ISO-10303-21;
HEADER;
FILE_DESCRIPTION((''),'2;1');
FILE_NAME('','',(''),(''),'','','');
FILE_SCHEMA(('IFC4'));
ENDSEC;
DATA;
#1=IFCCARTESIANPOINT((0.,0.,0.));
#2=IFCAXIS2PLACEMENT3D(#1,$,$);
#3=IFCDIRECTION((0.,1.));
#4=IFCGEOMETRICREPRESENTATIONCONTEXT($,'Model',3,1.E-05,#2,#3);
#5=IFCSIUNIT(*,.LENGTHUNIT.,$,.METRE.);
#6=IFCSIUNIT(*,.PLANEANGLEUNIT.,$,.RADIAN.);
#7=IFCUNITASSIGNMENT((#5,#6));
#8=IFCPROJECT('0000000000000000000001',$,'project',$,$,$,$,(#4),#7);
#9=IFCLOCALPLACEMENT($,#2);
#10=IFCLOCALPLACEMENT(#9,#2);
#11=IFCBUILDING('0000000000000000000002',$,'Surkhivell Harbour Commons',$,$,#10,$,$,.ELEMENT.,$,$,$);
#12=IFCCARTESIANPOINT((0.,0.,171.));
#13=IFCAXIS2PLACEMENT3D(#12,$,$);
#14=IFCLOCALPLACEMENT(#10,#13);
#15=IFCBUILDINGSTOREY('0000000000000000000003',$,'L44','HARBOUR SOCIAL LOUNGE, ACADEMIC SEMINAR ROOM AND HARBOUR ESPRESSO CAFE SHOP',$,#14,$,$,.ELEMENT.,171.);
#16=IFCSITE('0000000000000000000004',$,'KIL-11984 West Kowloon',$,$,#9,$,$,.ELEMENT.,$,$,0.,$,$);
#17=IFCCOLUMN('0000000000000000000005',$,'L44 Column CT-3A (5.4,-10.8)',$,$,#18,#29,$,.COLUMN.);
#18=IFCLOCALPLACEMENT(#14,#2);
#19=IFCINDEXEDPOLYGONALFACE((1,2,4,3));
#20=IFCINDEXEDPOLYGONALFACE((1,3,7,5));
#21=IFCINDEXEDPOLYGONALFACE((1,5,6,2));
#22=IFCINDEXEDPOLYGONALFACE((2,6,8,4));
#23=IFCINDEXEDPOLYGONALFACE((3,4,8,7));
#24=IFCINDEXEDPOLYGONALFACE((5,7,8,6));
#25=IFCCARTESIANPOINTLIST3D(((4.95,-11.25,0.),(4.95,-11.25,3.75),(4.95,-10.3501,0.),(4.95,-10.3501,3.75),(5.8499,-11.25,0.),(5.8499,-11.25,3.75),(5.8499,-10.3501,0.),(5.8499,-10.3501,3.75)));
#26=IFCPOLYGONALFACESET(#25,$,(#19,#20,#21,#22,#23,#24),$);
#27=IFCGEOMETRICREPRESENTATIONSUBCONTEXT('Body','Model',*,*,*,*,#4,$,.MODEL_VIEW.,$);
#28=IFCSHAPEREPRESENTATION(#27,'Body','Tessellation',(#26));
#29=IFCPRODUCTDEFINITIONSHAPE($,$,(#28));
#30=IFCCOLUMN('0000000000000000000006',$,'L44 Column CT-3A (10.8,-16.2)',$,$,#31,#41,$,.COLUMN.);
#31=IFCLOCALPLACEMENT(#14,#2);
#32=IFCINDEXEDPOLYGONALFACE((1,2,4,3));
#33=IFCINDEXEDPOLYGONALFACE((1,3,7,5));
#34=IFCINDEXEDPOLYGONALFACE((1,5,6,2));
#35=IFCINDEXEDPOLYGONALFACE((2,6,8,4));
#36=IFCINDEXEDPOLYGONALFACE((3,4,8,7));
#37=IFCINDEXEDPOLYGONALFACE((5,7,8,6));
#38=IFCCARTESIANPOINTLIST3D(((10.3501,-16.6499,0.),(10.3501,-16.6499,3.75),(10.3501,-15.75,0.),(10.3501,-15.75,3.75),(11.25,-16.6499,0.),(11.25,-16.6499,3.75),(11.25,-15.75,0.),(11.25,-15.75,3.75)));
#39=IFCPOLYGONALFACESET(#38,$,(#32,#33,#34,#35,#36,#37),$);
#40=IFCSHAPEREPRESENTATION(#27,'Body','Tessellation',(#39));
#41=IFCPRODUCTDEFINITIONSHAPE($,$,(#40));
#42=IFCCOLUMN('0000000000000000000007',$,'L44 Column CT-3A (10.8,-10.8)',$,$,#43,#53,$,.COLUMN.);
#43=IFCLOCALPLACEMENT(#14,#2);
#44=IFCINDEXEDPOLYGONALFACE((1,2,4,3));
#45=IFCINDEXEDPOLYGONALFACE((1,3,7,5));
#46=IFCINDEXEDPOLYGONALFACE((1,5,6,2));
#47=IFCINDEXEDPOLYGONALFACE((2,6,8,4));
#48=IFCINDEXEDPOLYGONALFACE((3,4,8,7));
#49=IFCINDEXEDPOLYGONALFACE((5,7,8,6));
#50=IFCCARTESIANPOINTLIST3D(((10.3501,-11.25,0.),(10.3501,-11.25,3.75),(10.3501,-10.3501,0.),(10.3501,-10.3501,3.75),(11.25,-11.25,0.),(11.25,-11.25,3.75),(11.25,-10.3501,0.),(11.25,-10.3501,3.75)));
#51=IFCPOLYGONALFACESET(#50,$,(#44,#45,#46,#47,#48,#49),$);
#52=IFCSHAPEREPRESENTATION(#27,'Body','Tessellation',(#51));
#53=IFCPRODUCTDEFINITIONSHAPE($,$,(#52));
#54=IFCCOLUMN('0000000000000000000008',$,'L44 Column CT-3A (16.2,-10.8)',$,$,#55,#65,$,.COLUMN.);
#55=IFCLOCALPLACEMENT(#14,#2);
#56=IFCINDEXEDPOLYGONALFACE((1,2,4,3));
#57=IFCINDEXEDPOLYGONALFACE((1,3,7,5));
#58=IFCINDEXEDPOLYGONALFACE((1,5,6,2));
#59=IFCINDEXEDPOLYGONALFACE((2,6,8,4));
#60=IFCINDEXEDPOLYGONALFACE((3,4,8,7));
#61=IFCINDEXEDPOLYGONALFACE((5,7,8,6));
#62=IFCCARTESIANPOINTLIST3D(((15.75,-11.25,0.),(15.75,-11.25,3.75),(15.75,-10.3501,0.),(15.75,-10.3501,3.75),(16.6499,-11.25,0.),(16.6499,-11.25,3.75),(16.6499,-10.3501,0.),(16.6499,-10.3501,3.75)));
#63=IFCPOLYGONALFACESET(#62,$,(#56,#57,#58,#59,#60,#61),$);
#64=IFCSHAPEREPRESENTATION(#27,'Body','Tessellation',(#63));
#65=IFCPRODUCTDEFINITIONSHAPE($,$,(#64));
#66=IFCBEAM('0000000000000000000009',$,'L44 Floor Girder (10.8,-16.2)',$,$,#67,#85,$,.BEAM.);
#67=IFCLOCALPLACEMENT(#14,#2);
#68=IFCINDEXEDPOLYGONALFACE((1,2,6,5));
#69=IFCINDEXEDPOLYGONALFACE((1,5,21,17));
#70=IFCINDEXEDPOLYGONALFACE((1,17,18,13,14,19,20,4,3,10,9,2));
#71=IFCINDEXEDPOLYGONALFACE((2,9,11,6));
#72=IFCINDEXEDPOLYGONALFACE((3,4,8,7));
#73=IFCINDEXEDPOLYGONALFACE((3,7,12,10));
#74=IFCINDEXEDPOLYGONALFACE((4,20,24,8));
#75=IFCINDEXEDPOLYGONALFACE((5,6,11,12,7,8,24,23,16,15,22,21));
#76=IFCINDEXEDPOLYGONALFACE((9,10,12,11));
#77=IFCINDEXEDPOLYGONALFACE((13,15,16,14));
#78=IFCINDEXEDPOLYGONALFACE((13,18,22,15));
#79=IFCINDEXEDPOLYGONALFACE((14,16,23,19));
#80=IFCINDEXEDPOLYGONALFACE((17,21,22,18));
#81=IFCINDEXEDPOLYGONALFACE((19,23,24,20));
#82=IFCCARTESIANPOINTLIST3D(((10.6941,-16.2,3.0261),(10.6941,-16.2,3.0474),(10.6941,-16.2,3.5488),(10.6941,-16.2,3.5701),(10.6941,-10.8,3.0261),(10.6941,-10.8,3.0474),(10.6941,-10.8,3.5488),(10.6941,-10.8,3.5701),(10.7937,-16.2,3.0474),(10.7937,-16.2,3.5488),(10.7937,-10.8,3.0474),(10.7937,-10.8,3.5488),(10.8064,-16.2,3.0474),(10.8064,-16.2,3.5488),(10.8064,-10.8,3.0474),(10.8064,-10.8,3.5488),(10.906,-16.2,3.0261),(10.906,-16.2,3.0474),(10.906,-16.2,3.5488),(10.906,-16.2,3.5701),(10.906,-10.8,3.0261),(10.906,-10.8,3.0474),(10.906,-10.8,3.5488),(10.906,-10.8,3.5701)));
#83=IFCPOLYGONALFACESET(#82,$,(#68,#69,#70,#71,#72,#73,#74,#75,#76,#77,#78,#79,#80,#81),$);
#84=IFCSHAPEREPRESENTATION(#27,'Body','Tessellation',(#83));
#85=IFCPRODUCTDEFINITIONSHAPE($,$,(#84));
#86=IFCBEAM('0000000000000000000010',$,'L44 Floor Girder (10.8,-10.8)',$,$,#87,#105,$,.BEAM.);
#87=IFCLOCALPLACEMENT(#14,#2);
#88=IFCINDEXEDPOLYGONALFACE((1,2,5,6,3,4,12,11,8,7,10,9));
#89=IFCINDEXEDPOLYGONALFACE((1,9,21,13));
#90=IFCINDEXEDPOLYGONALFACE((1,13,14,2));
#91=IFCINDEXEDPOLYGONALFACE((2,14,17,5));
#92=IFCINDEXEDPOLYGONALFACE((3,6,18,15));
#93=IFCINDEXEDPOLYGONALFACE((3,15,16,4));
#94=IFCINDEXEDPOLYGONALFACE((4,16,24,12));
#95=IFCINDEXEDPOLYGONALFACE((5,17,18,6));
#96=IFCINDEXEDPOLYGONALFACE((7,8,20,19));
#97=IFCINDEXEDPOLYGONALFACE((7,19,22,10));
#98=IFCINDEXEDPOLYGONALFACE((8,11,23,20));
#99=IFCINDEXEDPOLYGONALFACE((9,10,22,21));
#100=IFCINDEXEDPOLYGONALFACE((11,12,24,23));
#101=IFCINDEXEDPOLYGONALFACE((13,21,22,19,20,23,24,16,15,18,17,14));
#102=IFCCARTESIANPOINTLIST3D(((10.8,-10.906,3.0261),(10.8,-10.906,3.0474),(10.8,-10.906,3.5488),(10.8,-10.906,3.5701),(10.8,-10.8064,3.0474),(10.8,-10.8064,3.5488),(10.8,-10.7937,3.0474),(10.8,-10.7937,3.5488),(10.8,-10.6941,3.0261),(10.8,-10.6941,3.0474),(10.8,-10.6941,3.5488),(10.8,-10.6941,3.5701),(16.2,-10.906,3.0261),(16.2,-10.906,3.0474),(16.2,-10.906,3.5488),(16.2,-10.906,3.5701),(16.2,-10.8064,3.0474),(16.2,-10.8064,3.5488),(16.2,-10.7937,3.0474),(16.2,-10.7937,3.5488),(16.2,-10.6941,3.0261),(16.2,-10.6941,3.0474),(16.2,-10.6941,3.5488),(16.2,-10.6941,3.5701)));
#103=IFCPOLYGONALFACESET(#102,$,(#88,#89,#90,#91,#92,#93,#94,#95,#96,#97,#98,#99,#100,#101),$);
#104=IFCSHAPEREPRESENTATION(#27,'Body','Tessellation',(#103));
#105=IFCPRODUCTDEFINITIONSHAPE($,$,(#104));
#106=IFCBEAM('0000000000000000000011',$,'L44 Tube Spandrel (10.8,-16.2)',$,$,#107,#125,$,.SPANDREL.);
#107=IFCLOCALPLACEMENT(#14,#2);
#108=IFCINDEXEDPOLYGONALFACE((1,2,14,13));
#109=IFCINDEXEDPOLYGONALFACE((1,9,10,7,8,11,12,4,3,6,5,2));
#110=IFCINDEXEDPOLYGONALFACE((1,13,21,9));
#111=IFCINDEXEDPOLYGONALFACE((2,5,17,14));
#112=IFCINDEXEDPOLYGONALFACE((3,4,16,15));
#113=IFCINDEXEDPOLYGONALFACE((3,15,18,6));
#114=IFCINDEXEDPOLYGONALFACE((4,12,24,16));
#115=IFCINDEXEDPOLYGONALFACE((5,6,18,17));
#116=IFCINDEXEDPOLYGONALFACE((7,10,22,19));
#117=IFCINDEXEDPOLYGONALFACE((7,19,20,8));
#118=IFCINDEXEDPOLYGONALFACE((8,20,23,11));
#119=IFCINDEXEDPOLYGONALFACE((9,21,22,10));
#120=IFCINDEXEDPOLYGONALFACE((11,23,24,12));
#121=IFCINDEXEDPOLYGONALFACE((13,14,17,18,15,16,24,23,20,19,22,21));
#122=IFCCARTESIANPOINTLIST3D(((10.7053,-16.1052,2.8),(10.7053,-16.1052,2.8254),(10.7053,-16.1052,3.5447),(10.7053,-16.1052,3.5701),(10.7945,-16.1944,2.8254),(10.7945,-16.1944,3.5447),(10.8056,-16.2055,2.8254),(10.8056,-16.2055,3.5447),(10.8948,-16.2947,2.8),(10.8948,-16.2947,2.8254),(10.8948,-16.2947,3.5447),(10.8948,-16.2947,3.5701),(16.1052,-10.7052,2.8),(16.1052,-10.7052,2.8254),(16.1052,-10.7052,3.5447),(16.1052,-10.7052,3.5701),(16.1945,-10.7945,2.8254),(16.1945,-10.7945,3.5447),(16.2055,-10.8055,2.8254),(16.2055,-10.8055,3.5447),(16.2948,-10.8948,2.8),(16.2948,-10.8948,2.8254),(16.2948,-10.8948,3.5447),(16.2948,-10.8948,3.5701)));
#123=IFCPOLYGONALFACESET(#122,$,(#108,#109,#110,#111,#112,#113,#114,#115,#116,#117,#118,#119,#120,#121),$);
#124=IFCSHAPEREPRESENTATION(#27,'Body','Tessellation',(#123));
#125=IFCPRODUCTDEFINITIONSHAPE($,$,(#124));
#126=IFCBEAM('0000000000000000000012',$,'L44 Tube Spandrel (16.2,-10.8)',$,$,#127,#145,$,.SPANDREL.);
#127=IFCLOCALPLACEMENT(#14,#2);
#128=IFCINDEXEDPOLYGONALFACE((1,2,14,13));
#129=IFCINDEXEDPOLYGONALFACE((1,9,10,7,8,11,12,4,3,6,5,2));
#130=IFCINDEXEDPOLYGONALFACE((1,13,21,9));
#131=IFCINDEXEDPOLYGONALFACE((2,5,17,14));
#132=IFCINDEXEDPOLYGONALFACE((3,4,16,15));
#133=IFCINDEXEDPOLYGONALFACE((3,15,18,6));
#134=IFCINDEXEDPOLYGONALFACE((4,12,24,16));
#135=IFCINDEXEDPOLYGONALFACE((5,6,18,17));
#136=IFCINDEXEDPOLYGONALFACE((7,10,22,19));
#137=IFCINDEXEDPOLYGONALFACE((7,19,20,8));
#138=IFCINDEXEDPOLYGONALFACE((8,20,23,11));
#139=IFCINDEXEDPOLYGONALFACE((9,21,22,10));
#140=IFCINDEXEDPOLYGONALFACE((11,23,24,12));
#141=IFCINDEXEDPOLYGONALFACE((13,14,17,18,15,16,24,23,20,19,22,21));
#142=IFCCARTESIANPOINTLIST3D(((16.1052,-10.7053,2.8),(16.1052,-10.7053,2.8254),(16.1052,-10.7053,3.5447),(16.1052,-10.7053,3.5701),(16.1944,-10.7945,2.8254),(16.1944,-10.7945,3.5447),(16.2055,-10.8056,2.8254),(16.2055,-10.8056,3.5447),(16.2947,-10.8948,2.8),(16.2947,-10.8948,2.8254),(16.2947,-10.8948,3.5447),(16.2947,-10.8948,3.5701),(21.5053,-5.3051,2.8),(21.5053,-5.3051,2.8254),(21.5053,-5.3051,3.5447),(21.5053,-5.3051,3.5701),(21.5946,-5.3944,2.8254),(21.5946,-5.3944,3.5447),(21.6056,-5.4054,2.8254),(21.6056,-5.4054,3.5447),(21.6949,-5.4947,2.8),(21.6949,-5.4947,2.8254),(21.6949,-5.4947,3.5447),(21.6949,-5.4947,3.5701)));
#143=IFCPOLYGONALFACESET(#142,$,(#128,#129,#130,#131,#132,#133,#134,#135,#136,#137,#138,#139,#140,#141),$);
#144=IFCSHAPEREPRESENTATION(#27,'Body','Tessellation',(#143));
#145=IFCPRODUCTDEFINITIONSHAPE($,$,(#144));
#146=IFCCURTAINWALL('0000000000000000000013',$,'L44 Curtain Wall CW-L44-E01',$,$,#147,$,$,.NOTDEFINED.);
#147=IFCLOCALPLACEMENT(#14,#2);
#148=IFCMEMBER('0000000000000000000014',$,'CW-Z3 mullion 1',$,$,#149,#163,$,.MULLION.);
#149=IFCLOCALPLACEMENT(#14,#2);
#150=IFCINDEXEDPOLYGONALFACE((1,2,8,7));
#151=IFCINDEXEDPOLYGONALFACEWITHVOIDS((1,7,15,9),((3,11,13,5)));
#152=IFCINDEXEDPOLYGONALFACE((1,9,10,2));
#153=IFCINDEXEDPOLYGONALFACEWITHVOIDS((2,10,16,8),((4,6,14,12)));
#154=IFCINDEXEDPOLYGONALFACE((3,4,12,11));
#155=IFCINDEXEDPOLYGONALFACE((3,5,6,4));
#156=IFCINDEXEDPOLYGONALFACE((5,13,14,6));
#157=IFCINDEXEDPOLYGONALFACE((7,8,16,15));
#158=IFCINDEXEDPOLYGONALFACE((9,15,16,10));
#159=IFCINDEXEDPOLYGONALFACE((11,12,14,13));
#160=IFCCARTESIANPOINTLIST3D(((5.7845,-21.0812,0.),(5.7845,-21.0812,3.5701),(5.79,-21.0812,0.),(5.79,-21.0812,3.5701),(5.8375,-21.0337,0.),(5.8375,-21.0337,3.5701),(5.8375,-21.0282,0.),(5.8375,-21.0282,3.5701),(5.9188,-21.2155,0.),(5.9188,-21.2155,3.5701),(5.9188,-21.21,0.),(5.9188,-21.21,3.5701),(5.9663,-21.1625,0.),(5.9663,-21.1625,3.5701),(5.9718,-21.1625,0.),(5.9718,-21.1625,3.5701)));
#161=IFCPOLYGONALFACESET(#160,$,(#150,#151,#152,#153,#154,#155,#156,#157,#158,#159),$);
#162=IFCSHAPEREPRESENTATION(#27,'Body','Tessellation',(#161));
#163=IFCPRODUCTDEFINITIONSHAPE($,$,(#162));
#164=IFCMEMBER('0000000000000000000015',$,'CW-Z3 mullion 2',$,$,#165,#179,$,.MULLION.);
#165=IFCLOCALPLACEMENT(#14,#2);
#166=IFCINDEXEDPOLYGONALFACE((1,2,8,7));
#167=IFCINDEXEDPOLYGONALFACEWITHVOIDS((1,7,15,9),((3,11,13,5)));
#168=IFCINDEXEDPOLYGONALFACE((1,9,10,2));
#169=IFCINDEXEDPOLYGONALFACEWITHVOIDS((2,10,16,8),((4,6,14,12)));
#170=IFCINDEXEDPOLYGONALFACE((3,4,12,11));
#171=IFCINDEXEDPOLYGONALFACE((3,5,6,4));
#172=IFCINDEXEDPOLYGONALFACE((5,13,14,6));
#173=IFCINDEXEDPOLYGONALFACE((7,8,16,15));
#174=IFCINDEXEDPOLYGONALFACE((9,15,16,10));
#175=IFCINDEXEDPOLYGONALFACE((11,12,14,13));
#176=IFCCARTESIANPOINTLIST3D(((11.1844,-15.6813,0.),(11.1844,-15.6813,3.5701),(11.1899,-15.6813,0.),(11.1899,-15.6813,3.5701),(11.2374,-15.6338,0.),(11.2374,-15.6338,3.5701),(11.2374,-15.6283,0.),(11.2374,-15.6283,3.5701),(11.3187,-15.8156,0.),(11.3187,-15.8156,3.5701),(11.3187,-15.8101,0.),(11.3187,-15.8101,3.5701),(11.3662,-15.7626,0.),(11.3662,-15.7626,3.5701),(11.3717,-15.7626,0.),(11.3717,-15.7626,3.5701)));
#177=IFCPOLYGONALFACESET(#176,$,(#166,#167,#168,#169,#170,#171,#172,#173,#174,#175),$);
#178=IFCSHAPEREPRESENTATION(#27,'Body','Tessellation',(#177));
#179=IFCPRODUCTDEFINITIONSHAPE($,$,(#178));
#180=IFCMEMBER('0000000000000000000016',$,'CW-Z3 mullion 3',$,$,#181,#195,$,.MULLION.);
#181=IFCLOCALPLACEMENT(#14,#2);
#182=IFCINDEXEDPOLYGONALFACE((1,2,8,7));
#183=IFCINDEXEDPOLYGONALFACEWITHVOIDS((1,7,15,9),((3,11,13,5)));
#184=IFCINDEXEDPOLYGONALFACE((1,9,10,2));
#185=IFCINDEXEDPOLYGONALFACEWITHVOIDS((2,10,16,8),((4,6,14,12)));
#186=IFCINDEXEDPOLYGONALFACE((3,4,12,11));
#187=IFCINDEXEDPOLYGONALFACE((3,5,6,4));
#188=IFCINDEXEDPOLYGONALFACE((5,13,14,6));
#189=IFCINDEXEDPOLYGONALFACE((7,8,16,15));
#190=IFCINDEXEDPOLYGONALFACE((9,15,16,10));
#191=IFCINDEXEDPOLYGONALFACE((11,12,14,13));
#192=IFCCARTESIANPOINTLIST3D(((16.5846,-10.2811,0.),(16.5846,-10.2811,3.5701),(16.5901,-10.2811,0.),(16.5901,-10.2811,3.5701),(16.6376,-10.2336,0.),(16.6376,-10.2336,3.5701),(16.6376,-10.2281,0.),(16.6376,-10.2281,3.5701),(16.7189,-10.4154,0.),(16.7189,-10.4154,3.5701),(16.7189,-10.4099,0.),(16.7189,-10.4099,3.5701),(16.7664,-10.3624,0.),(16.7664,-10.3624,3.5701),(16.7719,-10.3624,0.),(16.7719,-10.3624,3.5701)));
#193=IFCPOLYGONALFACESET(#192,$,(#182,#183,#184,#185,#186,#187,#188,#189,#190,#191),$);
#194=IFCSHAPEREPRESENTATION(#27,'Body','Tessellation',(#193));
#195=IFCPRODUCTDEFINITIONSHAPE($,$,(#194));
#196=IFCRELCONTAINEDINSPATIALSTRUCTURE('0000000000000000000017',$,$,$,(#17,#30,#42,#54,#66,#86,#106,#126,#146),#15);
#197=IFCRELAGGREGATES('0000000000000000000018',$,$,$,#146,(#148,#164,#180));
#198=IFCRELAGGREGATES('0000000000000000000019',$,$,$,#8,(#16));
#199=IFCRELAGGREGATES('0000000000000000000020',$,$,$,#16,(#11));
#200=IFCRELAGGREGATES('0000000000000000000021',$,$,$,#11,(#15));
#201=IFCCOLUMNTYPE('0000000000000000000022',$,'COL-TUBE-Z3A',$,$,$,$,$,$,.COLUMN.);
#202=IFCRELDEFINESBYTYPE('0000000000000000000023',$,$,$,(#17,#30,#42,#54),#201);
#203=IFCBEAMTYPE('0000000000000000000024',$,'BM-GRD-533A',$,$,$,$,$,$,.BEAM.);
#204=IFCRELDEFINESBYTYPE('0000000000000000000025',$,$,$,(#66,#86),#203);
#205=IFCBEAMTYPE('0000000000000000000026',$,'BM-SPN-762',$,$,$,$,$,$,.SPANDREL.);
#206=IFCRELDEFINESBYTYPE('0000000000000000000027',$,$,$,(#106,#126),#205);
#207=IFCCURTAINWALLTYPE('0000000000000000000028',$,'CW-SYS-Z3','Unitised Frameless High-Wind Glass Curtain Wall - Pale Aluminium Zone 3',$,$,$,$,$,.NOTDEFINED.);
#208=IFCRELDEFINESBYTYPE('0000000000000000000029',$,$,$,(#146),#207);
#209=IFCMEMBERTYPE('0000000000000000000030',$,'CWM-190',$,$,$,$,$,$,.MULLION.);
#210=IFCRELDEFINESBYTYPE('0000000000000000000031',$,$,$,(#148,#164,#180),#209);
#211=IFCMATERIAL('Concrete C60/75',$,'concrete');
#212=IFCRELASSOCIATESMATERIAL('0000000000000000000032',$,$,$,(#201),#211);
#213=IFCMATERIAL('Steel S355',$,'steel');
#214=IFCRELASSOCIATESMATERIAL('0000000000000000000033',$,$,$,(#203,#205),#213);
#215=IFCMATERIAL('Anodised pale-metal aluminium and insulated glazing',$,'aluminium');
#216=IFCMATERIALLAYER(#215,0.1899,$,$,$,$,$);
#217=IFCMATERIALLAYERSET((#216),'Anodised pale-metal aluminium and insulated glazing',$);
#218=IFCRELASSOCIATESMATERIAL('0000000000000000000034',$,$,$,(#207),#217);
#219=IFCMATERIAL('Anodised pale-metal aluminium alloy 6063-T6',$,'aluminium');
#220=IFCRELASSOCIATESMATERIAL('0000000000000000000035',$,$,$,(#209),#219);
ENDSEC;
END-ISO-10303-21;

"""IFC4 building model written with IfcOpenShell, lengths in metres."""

from ifc_helpers import new_model, si_unit, direction, frame, origin, origin_2d, place, context, subcontext, project, spatial, rectangle, hollow_rectangle, i_section, extrude, material, layer, layer_set, material_profile, profile_set, type_object, element, aggregate, save


model = new_model("IFC4")

# Units and contexts
model_context = context("Model", 3, precision=1e-05, world=origin(), true_north=direction((0.0, 1.0)))
body_context = subcontext(model_context, "Body", "Model", "MODEL_VIEW")
ifc_project = project(units=[si_unit("LENGTHUNIT", "METRE"), si_unit("PLANEANGLEUNIT", "RADIAN")], contexts=[model_context])

# Site, building, storey
site_placement = place(None, origin())
site = spatial("IfcSite", under=ifc_project, at=site_placement, Name="KIL-11984 West Kowloon", CompositionType="ELEMENT", RefElevation=0.0)
building_placement = place(site_placement, origin())
building = spatial("IfcBuilding", under=site, at=building_placement, Name="Surkhivell Harbour Commons", CompositionType="ELEMENT")
storey_placement = place(building_placement, frame((0.0, 0.0, 171.0)))
storey = spatial("IfcBuildingStorey", under=building, at=storey_placement, Name="L44", Description="HARBOUR SOCIAL LOUNGE, ACADEMIC SEMINAR ROOM AND HARBOUR ESPRESSO CAFE SHOP", CompositionType="ELEMENT", Elevation=171.0)

# Columns
ifc_material_1 = material(Name="Concrete C60/75", Category="concrete")
ifc_material_profile_1 = material_profile(ifc_material_1, rectangle(XDim=0.8999, YDim=0.8999, at=origin_2d()), Name="RC-COL-900x900")
ifc_profile_set_1 = profile_set([ifc_material_profile_1], Name="Concrete C60/75")
column_type = type_object("IfcColumnType", Name="COL-TUBE-Z3A", PredefinedType="COLUMN", material=ifc_profile_set_1)
for number, where, z_axis, x_axis, name in (
    (1, (5.3999, -10.8, 0.0), (0.0, 0.0, 1.0), (1.0, 0.0, 0.0), "L44 Column CT-3A (5.4,-10.8)"),
    (2, (10.8, -16.2, 0.0), (0.0, 0.0, 1.0), (1.0, 0.0, 0.0), "L44 Column CT-3A (10.8,-16.2)"),
    (3, (10.8, -10.8, 0.0), (0.0, 0.0, 1.0), (1.0, 0.0, 0.0), "L44 Column CT-3A (10.8,-10.8)"),
    (4, (16.2, -10.8, 0.0), (0.0, 0.0, 1.0), (1.0, 0.0, 0.0), "L44 Column CT-3A (16.2,-10.8)"),
):
    element("IfcColumn", number, at=place(storey_placement, frame(where, z_axis=z_axis, x_axis=x_axis)), inside=storey, type_object=column_type, Name=name, PredefinedType="COLUMN", context=body_context, shape_type="SweptSolid", body=[
        extrude(rectangle(XDim=0.8999, YDim=0.8999, at=origin_2d()), origin(), (0.0, 0.0, 1.0), 3.75),
    ])

# Beams
ifc_material_2 = material(Name="Steel S355", Category="steel")
ifc_material_profile_2 = material_profile(ifc_material_2, i_section(OverallWidth=0.2119, OverallDepth=0.5439, WebThickness=0.0127, FlangeThickness=0.0212, at=origin_2d()), Name="UB533x210x122")
ifc_profile_set_2 = profile_set([ifc_material_profile_2], Name="Steel S355")
beam_type_1 = type_object("IfcBeamType", Name="BM-GRD-533A", PredefinedType="BEAM", material=ifc_profile_set_2)
for number, where, z_axis, x_axis, name in (
    (5, (10.8, -16.2, 3.2981), (0.0, 1.0, 0.0), (-1.0, 0.0, 0.0), "L44 Floor Girder (10.8,-16.2)"),
    (6, (10.8, -10.8, 3.2981), (1.0, 0.0, 0.0), (0.0, 1.0, 0.0), "L44 Floor Girder (10.8,-10.8)"),
):
    element("IfcBeam", number, at=place(storey_placement, frame(where, z_axis=z_axis, x_axis=x_axis)), inside=storey, type_object=beam_type_1, Name=name, PredefinedType="BEAM", context=body_context, shape_type="SweptSolid", body=[
        extrude(i_section(OverallWidth=0.2119, OverallDepth=0.5439, WebThickness=0.0127, FlangeThickness=0.0212, at=origin_2d()), origin(), (0.0, 0.0, 1.0), 5.3999),
    ])
ifc_material_profile_3 = material_profile(ifc_material_2, i_section(OverallWidth=0.2681, OverallDepth=0.77, WebThickness=0.0156, FlangeThickness=0.0254, at=origin_2d()), Name="UB762x267x197")
ifc_profile_set_3 = profile_set([ifc_material_profile_3], Name="Steel S355")
beam_type_2 = type_object("IfcBeamType", Name="BM-SPN-762", PredefinedType="SPANDREL", material=ifc_profile_set_3)
beam_1_placement = place(storey_placement, frame((10.8, -16.2, 3.1851), z_axis=(0.707107, 0.707107, 0.0), x_axis=(-0.707107, 0.707107, 0.0)))
element("IfcBeam", 7, at=beam_1_placement, inside=storey, type_object=beam_type_2, Name="L44 Tube Spandrel (10.8,-16.2)", PredefinedType="SPANDREL", context=body_context, shape_type="SweptSolid", body=[
    extrude(i_section(OverallWidth=0.2681, OverallDepth=0.77, WebThickness=0.0156, FlangeThickness=0.0254, at=origin_2d()), origin(), (0.0, 0.0, 1.0), 7.6367),
])
beam_2_placement = place(storey_placement, frame((16.2, -10.8, 3.1851), z_axis=(0.707107, 0.707107, 0.0), x_axis=(-0.707107, 0.707107, 0.0)))
element("IfcBeam", 8, at=beam_2_placement, inside=storey, type_object=beam_type_2, Name="L44 Tube Spandrel (16.2,-10.8)", PredefinedType="SPANDREL", context=body_context, shape_type="SweptSolid", body=[
    extrude(i_section(OverallWidth=0.2681, OverallDepth=0.77, WebThickness=0.0156, FlangeThickness=0.0254, at=origin_2d()), origin(), (0.0, 0.0, 1.0), 7.637),
])

# Curtain wall, members
ifc_material_3 = material(Name="Anodised pale-metal aluminium and insulated glazing", Category="aluminium")
ifc_layer_1 = layer(ifc_material_3, 0.1899)
ifc_layer_set_1 = layer_set([ifc_layer_1], Name="Anodised pale-metal aluminium and insulated glazing")
curtain_wall_type = type_object("IfcCurtainWallType", Name="CW-SYS-Z3", Description="Unitised Frameless High-Wind Glass Curtain Wall - Pale Aluminium Zone 3", PredefinedType="NOTDEFINED", material=ifc_layer_set_1)
curtain_wall_placement = place(storey_placement, origin())
curtain_wall = element("IfcCurtainWall", 9, at=curtain_wall_placement, inside=storey, type_object=curtain_wall_type, Name="L44 Curtain Wall CW-L44-E01", PredefinedType="NOTDEFINED")
ifc_material_4 = material(Name="Anodised pale-metal aluminium alloy 6063-T6", Category="aluminium")
ifc_material_profile_4 = material_profile(ifc_material_4, hollow_rectangle(XDim=0.075, YDim=0.1899, WallThickness=0.0039, at=origin_2d()), Name="ALU-MULL-75x190")
ifc_profile_set_4 = profile_set([ifc_material_profile_4], Name="Anodised pale-metal aluminium alloy 6063-T6")
member_type_1 = type_object("IfcMemberType", Name="CWM-190", PredefinedType="MULLION", material=ifc_profile_set_4)
member_1_placement = place(storey_placement, frame((5.8782, -21.1218, 0.0), z_axis=(0.0, 0.0, 1.0), x_axis=(0.707107, 0.707107, 0.0)))
member_1 = element("IfcMember", 10, at=member_1_placement, type_object=member_type_1, Name="CW-Z3 mullion 1", PredefinedType="MULLION", context=body_context, shape_type="SweptSolid", body=[
    extrude(hollow_rectangle(XDim=0.075, YDim=0.1899, WallThickness=0.0039, at=origin_2d()), origin(), (0.0, 0.0, 1.0), 3.5701),
])
member_2_placement = place(storey_placement, frame((11.2781, -15.7219, 0.0), z_axis=(0.0, 0.0, 1.0), x_axis=(0.707107, 0.707107, 0.0)))
member_2 = element("IfcMember", 11, at=member_2_placement, type_object=member_type_1, Name="CW-Z3 mullion 2", PredefinedType="MULLION", context=body_context, shape_type="SweptSolid", body=[
    extrude(hollow_rectangle(XDim=0.075, YDim=0.1899, WallThickness=0.0039, at=origin_2d()), origin(), (0.0, 0.0, 1.0), 3.5701),
])
member_3_placement = place(storey_placement, frame((16.6782, -10.3218, 0.0), z_axis=(0.0, 0.0, 1.0), x_axis=(0.707107, 0.707107, 0.0)))
member_3 = element("IfcMember", 12, at=member_3_placement, type_object=member_type_1, Name="CW-Z3 mullion 3", PredefinedType="MULLION", context=body_context, shape_type="SweptSolid", body=[
    extrude(hollow_rectangle(XDim=0.075, YDim=0.1899, WallThickness=0.0039, at=origin_2d()), origin(), (0.0, 0.0, 1.0), 3.5701),
])
aggregate(curtain_wall, [member_1, member_2, member_3])

save(model, "model.ifc")
